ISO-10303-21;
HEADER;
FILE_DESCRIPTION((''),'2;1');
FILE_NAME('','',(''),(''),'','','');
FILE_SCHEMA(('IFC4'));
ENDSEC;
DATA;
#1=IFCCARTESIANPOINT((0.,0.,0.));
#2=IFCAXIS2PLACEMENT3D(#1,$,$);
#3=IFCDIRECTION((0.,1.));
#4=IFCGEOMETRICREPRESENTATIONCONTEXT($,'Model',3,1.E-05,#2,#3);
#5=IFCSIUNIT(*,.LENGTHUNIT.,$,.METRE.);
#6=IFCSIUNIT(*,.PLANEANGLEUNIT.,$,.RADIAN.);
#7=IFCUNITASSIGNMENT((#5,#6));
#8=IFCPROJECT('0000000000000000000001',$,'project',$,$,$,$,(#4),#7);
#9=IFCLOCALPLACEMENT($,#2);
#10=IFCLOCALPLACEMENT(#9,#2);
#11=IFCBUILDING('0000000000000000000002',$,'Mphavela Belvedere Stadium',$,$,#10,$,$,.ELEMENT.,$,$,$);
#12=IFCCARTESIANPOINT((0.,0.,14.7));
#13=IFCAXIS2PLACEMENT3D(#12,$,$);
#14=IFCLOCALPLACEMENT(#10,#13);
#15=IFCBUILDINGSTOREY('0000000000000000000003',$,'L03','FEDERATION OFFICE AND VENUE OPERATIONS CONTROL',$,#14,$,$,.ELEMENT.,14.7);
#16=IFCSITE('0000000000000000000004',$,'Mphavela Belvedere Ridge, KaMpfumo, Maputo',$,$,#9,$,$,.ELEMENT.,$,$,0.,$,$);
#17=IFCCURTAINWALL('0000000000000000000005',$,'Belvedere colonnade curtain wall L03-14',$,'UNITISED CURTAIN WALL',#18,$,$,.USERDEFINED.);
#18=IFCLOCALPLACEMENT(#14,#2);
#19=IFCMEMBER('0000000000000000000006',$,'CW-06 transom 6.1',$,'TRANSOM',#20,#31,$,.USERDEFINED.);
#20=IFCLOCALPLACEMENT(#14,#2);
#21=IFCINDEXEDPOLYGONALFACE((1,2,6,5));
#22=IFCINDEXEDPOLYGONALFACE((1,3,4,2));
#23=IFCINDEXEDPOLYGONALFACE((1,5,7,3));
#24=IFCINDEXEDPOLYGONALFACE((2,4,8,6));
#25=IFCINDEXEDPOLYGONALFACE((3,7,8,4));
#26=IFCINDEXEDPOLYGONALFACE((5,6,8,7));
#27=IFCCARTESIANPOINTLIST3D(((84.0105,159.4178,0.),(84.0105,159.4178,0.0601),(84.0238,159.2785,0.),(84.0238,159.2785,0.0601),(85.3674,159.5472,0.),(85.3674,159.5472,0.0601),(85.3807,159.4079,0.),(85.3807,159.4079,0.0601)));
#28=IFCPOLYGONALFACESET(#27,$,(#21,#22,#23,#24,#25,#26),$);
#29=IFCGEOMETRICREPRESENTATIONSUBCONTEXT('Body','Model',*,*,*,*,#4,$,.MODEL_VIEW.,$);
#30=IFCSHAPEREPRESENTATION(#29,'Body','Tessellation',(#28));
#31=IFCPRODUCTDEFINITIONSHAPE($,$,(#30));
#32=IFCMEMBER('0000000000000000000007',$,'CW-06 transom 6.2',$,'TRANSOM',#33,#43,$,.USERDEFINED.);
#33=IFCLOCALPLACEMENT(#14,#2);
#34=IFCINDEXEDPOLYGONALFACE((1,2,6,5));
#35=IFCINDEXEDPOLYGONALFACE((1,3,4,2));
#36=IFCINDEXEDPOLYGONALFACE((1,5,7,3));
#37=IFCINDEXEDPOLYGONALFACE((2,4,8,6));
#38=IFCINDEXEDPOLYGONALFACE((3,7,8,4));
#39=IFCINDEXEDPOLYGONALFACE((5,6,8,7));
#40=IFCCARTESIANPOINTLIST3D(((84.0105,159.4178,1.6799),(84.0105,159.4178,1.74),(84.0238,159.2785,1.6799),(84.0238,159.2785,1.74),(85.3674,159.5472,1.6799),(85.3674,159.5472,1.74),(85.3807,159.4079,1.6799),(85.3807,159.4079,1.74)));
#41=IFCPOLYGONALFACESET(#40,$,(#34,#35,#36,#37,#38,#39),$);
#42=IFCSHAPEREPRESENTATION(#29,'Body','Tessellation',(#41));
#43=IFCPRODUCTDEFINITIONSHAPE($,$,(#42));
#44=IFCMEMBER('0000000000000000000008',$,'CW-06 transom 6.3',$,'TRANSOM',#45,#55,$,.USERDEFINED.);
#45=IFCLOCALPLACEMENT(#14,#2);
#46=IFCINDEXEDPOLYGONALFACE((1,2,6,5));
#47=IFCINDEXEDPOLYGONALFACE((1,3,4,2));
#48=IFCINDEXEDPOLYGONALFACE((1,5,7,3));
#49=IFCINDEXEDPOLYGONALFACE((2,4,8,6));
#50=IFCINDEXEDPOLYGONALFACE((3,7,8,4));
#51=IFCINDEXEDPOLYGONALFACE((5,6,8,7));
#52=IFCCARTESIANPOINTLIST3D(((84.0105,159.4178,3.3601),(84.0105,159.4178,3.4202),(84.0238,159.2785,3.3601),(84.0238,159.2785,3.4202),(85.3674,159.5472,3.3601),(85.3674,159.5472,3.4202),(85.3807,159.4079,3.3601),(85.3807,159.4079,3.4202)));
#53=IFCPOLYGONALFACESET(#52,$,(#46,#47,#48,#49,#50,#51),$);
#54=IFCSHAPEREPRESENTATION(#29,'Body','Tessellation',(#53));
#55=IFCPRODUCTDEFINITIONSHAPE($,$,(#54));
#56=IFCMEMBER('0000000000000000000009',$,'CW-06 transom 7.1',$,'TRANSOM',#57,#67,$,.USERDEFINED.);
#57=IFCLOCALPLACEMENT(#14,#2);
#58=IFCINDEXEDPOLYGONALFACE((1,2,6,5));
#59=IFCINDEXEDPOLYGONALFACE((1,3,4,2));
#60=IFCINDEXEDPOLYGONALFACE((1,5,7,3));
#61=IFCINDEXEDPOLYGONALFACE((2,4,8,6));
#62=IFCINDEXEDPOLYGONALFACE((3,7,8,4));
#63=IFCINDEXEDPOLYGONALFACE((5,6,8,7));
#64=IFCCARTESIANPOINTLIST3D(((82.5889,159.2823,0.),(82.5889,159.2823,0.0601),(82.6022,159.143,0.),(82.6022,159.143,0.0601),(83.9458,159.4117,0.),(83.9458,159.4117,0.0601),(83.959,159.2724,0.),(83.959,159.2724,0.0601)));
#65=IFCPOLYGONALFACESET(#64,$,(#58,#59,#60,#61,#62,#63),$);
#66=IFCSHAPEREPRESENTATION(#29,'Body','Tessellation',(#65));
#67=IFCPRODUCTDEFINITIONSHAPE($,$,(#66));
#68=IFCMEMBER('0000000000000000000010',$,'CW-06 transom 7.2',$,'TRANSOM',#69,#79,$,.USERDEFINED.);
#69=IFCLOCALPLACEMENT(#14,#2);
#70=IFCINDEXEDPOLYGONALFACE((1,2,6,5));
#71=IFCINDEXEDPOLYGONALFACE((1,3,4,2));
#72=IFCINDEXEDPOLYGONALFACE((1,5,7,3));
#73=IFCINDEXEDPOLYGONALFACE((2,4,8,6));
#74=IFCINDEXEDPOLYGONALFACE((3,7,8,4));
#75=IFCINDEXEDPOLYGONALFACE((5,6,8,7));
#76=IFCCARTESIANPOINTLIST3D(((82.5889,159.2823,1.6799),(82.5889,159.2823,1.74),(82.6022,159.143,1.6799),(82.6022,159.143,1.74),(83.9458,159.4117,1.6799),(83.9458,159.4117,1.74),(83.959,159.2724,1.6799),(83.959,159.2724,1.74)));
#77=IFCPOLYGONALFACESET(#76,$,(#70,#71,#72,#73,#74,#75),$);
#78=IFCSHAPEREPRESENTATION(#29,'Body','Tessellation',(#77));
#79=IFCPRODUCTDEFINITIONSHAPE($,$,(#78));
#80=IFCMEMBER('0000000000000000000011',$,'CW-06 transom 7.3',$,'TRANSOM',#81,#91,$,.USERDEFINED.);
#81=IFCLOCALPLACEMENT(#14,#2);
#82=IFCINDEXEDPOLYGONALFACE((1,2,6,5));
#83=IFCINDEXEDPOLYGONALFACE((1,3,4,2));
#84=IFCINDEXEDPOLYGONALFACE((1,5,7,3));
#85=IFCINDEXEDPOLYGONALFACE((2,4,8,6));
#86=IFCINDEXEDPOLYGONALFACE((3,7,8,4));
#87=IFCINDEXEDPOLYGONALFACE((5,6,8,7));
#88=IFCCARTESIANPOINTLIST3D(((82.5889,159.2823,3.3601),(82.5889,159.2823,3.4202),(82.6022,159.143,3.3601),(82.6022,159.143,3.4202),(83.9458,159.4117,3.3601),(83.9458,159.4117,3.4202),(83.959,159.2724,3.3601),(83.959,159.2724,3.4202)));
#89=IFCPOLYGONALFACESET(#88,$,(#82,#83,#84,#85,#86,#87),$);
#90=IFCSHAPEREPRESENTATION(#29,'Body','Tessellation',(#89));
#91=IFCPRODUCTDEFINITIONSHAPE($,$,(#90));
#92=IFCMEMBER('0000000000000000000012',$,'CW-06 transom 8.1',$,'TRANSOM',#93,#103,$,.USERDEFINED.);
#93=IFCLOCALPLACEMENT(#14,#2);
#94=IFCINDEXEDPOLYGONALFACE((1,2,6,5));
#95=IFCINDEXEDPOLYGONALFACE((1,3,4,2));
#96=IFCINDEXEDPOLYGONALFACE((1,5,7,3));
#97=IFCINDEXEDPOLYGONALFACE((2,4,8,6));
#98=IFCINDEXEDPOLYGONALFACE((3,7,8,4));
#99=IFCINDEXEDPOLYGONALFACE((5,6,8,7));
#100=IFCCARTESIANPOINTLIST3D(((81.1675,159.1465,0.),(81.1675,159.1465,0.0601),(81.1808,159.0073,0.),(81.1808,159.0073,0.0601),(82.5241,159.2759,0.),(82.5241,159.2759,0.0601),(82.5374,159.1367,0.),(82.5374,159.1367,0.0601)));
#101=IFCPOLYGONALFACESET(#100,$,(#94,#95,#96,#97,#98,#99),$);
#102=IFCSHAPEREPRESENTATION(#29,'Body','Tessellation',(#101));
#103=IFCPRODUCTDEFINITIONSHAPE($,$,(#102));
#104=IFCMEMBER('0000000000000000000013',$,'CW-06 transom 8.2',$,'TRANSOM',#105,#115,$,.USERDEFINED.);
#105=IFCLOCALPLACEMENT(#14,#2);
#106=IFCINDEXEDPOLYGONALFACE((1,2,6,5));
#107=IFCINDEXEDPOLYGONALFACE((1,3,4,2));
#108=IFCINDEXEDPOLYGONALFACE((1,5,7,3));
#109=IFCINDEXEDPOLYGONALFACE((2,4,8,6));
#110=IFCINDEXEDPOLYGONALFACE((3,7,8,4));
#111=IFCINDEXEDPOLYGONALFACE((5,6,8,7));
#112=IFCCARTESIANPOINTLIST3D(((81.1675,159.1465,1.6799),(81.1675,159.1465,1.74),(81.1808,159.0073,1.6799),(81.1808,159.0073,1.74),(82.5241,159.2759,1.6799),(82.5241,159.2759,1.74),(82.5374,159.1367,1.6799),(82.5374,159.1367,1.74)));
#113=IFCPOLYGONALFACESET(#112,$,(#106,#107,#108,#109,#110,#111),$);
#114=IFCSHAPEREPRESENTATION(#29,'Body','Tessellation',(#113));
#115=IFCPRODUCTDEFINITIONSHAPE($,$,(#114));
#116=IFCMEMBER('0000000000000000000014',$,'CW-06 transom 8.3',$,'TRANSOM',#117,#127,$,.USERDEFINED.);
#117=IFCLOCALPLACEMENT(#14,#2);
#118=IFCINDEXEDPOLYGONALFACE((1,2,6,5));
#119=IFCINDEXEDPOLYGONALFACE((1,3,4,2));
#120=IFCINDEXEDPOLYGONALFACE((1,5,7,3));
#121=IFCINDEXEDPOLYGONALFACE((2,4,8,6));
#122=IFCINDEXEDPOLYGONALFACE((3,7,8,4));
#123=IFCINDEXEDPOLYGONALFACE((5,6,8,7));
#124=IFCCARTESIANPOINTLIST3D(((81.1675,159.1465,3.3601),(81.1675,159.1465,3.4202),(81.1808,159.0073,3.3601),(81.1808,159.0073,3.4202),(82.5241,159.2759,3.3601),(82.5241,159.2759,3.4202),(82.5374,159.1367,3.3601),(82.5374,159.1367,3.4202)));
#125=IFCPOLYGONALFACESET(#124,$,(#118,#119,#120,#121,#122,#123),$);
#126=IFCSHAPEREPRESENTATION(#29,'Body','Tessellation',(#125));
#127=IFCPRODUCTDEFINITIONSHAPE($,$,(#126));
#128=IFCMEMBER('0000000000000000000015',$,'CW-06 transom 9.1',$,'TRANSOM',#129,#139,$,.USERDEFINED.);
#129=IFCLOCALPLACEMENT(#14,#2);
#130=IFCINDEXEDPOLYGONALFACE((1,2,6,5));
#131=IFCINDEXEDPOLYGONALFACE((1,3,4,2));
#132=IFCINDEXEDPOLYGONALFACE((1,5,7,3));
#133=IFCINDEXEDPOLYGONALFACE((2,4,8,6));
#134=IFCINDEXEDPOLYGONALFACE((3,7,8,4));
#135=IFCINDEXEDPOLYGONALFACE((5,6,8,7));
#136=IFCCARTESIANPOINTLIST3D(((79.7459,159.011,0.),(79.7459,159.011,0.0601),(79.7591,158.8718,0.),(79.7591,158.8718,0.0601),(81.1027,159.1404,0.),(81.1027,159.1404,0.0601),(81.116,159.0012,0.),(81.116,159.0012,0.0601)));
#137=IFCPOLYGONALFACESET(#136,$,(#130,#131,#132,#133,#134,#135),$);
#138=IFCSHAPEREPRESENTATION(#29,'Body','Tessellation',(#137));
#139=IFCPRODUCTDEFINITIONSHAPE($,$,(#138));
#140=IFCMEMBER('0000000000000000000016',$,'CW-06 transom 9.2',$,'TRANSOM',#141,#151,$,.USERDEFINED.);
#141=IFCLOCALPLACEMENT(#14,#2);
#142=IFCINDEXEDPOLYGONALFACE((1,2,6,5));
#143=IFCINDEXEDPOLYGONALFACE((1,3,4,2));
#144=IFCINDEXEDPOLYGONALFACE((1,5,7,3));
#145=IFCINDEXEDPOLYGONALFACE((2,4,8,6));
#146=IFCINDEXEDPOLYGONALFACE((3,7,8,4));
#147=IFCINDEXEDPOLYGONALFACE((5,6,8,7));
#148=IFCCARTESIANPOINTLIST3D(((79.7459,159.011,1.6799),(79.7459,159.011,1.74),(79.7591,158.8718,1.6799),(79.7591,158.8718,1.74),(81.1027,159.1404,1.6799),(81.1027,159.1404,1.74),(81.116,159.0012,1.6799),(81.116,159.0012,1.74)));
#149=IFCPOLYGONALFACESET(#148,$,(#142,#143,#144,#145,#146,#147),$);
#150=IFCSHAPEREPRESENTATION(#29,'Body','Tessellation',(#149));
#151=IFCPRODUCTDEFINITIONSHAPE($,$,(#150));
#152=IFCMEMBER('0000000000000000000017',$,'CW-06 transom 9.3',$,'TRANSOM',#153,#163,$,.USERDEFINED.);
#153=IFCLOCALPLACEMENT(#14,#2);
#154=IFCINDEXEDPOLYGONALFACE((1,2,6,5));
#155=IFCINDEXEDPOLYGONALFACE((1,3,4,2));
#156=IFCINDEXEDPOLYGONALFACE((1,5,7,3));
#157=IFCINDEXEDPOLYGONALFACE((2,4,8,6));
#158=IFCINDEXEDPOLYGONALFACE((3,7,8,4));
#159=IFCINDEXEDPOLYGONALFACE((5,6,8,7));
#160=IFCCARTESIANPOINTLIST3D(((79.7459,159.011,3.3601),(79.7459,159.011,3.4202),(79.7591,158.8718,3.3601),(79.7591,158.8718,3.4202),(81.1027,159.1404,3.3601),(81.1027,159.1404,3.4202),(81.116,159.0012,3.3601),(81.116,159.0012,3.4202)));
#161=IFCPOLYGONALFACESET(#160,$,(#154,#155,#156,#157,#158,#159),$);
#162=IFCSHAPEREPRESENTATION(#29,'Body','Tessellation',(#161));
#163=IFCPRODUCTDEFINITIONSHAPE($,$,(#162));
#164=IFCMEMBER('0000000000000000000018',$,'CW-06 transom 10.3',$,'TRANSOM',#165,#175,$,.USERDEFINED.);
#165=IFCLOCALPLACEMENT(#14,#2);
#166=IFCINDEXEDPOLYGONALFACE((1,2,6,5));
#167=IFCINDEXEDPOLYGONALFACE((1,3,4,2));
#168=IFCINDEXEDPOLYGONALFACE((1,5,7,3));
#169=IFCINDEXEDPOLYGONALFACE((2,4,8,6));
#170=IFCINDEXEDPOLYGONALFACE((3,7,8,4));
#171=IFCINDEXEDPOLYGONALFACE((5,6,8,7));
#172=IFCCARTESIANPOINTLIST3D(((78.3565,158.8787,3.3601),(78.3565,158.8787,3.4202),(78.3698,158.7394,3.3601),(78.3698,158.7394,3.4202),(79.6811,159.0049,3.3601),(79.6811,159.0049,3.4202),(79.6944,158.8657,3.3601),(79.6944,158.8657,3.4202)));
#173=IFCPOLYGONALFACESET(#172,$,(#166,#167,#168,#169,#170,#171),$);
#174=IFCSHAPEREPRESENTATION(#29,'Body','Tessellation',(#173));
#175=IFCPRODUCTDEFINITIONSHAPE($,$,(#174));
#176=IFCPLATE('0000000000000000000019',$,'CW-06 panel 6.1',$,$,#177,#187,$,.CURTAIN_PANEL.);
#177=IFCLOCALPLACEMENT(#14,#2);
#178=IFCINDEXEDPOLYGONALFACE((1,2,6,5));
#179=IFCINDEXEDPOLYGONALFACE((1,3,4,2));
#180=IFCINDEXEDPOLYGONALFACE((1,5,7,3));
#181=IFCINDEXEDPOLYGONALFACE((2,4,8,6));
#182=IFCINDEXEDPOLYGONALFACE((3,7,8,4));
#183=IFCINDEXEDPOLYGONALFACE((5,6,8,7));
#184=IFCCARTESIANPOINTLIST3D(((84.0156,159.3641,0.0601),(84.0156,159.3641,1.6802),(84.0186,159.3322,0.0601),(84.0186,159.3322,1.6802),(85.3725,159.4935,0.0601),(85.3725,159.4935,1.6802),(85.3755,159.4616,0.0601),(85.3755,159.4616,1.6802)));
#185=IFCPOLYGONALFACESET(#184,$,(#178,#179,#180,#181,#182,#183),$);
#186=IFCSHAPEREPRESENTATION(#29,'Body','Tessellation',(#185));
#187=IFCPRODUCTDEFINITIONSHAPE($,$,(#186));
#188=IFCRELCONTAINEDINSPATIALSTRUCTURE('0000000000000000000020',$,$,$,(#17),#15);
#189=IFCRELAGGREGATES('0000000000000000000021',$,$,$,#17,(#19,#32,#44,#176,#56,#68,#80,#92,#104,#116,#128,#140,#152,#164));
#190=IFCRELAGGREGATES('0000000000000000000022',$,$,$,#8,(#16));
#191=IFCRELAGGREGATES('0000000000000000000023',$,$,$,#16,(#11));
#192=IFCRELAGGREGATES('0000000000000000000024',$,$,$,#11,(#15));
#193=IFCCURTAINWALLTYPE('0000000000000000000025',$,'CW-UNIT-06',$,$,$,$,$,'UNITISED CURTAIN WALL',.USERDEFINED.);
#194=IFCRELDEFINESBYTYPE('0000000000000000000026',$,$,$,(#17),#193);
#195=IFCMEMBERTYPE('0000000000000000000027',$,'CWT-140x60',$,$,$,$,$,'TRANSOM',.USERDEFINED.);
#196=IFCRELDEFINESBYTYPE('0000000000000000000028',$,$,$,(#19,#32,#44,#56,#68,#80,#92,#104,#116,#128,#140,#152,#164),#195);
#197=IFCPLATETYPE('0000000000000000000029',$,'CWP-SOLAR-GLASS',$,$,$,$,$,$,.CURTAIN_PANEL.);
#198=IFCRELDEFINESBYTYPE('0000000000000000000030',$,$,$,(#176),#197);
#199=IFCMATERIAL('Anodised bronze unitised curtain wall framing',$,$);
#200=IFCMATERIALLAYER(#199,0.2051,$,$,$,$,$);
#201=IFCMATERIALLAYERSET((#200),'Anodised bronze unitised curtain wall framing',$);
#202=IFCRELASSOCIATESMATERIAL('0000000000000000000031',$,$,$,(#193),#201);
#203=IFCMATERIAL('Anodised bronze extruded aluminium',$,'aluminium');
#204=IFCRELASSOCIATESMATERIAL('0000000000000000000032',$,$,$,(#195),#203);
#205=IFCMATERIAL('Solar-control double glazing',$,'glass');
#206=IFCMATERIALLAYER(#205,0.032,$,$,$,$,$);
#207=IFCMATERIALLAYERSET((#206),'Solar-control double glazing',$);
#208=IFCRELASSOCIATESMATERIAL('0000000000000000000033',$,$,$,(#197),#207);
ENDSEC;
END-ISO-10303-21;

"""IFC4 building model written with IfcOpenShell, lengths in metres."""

from ifc_helpers import new_model, si_unit, direction, frame, origin, origin_2d, place, context, subcontext, project, spatial, rectangle, extrude, material, layer, layer_set, material_profile, profile_set, type_object, element, aggregate, save


model = new_model("IFC4")

# Units and contexts
model_context = context("Model", 3, precision=1e-05, world=origin(), true_north=direction((0.0, 1.0)))
body_context = subcontext(model_context, "Body", "Model", "MODEL_VIEW")
ifc_project = project(units=[si_unit("LENGTHUNIT", "METRE"), si_unit("PLANEANGLEUNIT", "RADIAN")], contexts=[model_context])

# Site, building, storey
site_placement = place(None, origin())
site = spatial("IfcSite", under=ifc_project, at=site_placement, Name="Mphavela Belvedere Ridge, KaMpfumo, Maputo", CompositionType="ELEMENT", RefElevation=0.0)
building_placement = place(site_placement, origin())
building = spatial("IfcBuilding", under=site, at=building_placement, Name="Mphavela Belvedere Stadium", CompositionType="ELEMENT")
storey_placement = place(building_placement, frame((0.0, 0.0, 14.7)))
storey = spatial("IfcBuildingStorey", under=building, at=storey_placement, Name="L03", Description="FEDERATION OFFICE AND VENUE OPERATIONS CONTROL", CompositionType="ELEMENT", Elevation=14.7)

# Curtain wall, members, plate
ifc_material_1 = material(Name="Anodised bronze unitised curtain wall framing")
ifc_layer_1 = layer(ifc_material_1, 0.2051)
ifc_layer_set_1 = layer_set([ifc_layer_1], Name="Anodised bronze unitised curtain wall framing")
curtain_wall_type = type_object("IfcCurtainWallType", Name="CW-UNIT-06", ElementType="UNITISED CURTAIN WALL", PredefinedType="USERDEFINED", material=ifc_layer_set_1)
curtain_wall_placement = place(storey_placement, origin())
curtain_wall = element("IfcCurtainWall", 1, at=curtain_wall_placement, inside=storey, type_object=curtain_wall_type, Name="Belvedere colonnade curtain wall L03-14", ObjectType="UNITISED CURTAIN WALL", PredefinedType="USERDEFINED")
ifc_material_2 = material(Name="Anodised bronze extruded aluminium", Category="aluminium")
ifc_material_profile_1 = material_profile(ifc_material_2, rectangle(XDim=0.1399, YDim=0.0601, at=origin_2d()), Name="CW-TRN 140x60")
ifc_profile_set_1 = profile_set([ifc_material_profile_1], Name="Anodised bronze extruded aluminium")
member_type_1 = type_object("IfcMemberType", Name="CWT-140x60", ElementType="TRANSOM", PredefinedType="USERDEFINED", material=ifc_profile_set_1)
member_1_placement = place(storey_placement, frame((85.374, 159.4775, 0.03), z_axis=(-0.995484, -0.094927, 0.0), x_axis=(0.094927, -0.995484, 0.0)))
member_1 = element("IfcMember", 2, at=member_1_placement, type_object=member_type_1, Name="CW-06 transom 6.1", ObjectType="TRANSOM", PredefinedType="USERDEFINED", context=body_context, shape_type="SweptSolid", body=[
    extrude(rectangle(XDim=0.1399, YDim=0.0601, at=origin_2d()), origin(), (0.0, 0.0, 1.0), 1.363),
])
member_2_placement = place(storey_placement, frame((85.374, 159.4775, 1.71), z_axis=(-0.995484, -0.094927, 0.0), x_axis=(0.094927, -0.995484, 0.0)))
member_2 = element("IfcMember", 3, at=member_2_placement, type_object=member_type_1, Name="CW-06 transom 6.2", ObjectType="TRANSOM", PredefinedType="USERDEFINED", context=body_context, shape_type="SweptSolid", body=[
    extrude(rectangle(XDim=0.1399, YDim=0.0601, at=origin_2d()), origin(), (0.0, 0.0, 1.0), 1.363),
])
member_3_placement = place(storey_placement, frame((85.374, 159.4775, 3.3901), z_axis=(-0.995484, -0.094927, 0.0), x_axis=(0.094927, -0.995484, 0.0)))
member_3 = element("IfcMember", 4, at=member_3_placement, type_object=member_type_1, Name="CW-06 transom 6.3", ObjectType="TRANSOM", PredefinedType="USERDEFINED", context=body_context, shape_type="SweptSolid", body=[
    extrude(rectangle(XDim=0.1399, YDim=0.0601, at=origin_2d()), origin(), (0.0, 0.0, 1.0), 1.363),
])
member_4_placement = place(storey_placement, frame((83.9524, 159.342, 0.03), z_axis=(-0.995484, -0.094927, 0.0), x_axis=(0.094927, -0.995484, 0.0)))
member_4 = element("IfcMember", 5, at=member_4_placement, type_object=member_type_1, Name="CW-06 transom 7.1", ObjectType="TRANSOM", PredefinedType="USERDEFINED", context=body_context, shape_type="SweptSolid", body=[
    extrude(rectangle(XDim=0.1399, YDim=0.0601, at=origin_2d()), origin(), (0.0, 0.0, 1.0), 1.363),
])
member_5_placement = place(storey_placement, frame((83.9524, 159.342, 1.71), z_axis=(-0.995484, -0.094927, 0.0), x_axis=(0.094927, -0.995484, 0.0)))
member_5 = element("IfcMember", 6, at=member_5_placement, type_object=member_type_1, Name="CW-06 transom 7.2", ObjectType="TRANSOM", PredefinedType="USERDEFINED", context=body_context, shape_type="SweptSolid", body=[
    extrude(rectangle(XDim=0.1399, YDim=0.0601, at=origin_2d()), origin(), (0.0, 0.0, 1.0), 1.363),
])
member_6_placement = place(storey_placement, frame((83.9524, 159.342, 3.3901), z_axis=(-0.995484, -0.094927, 0.0), x_axis=(0.094927, -0.995484, 0.0)))
member_6 = element("IfcMember", 7, at=member_6_placement, type_object=member_type_1, Name="CW-06 transom 7.3", ObjectType="TRANSOM", PredefinedType="USERDEFINED", context=body_context, shape_type="SweptSolid", body=[
    extrude(rectangle(XDim=0.1399, YDim=0.0601, at=origin_2d()), origin(), (0.0, 0.0, 1.0), 1.363),
])
member_7_placement = place(storey_placement, frame((82.5308, 159.2063, 0.03), z_axis=(-0.995483, -0.094944, 0.0), x_axis=(0.094944, -0.995483, 0.0)))
member_7 = element("IfcMember", 8, at=member_7_placement, type_object=member_type_1, Name="CW-06 transom 8.1", ObjectType="TRANSOM", PredefinedType="USERDEFINED", context=body_context, shape_type="SweptSolid", body=[
    extrude(rectangle(XDim=0.1399, YDim=0.0601, at=origin_2d()), origin(), (0.0, 0.0, 1.0), 1.3628),
])
member_8_placement = place(storey_placement, frame((82.5308, 159.2063, 1.71), z_axis=(-0.995483, -0.094944, 0.0), x_axis=(0.094944, -0.995483, 0.0)))
member_8 = element("IfcMember", 9, at=member_8_placement, type_object=member_type_1, Name="CW-06 transom 8.2", ObjectType="TRANSOM", PredefinedType="USERDEFINED", context=body_context, shape_type="SweptSolid", body=[
    extrude(rectangle(XDim=0.1399, YDim=0.0601, at=origin_2d()), origin(), (0.0, 0.0, 1.0), 1.3628),
])
member_9_placement = place(storey_placement, frame((82.5308, 159.2063, 3.3901), z_axis=(-0.995483, -0.094944, 0.0), x_axis=(0.094944, -0.995483, 0.0)))
member_9 = element("IfcMember", 10, at=member_9_placement, type_object=member_type_1, Name="CW-06 transom 8.3", ObjectType="TRANSOM", PredefinedType="USERDEFINED", context=body_context, shape_type="SweptSolid", body=[
    extrude(rectangle(XDim=0.1399, YDim=0.0601, at=origin_2d()), origin(), (0.0, 0.0, 1.0), 1.3628),
])
member_10_placement = place(storey_placement, frame((81.1094, 159.0708, 0.03), z_axis=(-0.995484, -0.094927, 0.0), x_axis=(0.094927, -0.995484, 0.0)))
member_10 = element("IfcMember", 11, at=member_10_placement, type_object=member_type_1, Name="CW-06 transom 9.1", ObjectType="TRANSOM", PredefinedType="USERDEFINED", context=body_context, shape_type="SweptSolid", body=[
    extrude(rectangle(XDim=0.1399, YDim=0.0601, at=origin_2d()), origin(), (0.0, 0.0, 1.0), 1.363),
])
member_11_placement = place(storey_placement, frame((81.1094, 159.0708, 1.71), z_axis=(-0.995484, -0.094927, 0.0), x_axis=(0.094927, -0.995484, 0.0)))
member_11 = element("IfcMember", 12, at=member_11_placement, type_object=member_type_1, Name="CW-06 transom 9.2", ObjectType="TRANSOM", PredefinedType="USERDEFINED", context=body_context, shape_type="SweptSolid", body=[
    extrude(rectangle(XDim=0.1399, YDim=0.0601, at=origin_2d()), origin(), (0.0, 0.0, 1.0), 1.363),
])
member_12_placement = place(storey_placement, frame((81.1094, 159.0708, 3.3901), z_axis=(-0.995484, -0.094927, 0.0), x_axis=(0.094927, -0.995484, 0.0)))
member_12 = element("IfcMember", 13, at=member_12_placement, type_object=member_type_1, Name="CW-06 transom 9.3", ObjectType="TRANSOM", PredefinedType="USERDEFINED", context=body_context, shape_type="SweptSolid", body=[
    extrude(rectangle(XDim=0.1399, YDim=0.0601, at=origin_2d()), origin(), (0.0, 0.0, 1.0), 1.363),
])
member_13_placement = place(storey_placement, frame((79.6877, 158.9353, 3.3901), z_axis=(-0.99549, -0.09487, 0.0), x_axis=(0.09487, -0.99549, 0.0)))
member_13 = element("IfcMember", 14, at=member_13_placement, type_object=member_type_1, Name="CW-06 transom 10.3", ObjectType="TRANSOM", PredefinedType="USERDEFINED", context=body_context, shape_type="SweptSolid", body=[
    extrude(rectangle(XDim=0.1399, YDim=0.0601, at=origin_2d()), origin(), (0.0, 0.0, 1.0), 1.3306),
])
ifc_material_3 = material(Name="Solar-control double glazing", Category="glass")
ifc_layer_2 = layer(ifc_material_3, 0.032)
ifc_layer_set_2 = layer_set([ifc_layer_2], Name="Solar-control double glazing")
plate_type = type_object("IfcPlateType", Name="CWP-SOLAR-GLASS", PredefinedType="CURTAIN_PANEL", material=ifc_layer_set_2)
plate_1_placement = place(storey_placement, frame((84.6956, 159.4128, 0.0601), z_axis=(0.0, 0.0, 1.0), x_axis=(-0.995484, -0.094929, 0.0)))
plate_1 = element("IfcPlate", 15, at=plate_1_placement, type_object=plate_type, Name="CW-06 panel 6.1", PredefinedType="CURTAIN_PANEL", context=body_context, shape_type="SweptSolid", body=[
    extrude(rectangle(XDim=1.363, YDim=0.032, at=origin_2d()), origin(), (0.0, 0.0, 1.0), 1.6201),
])
aggregate(curtain_wall, [member_1, member_2, member_3, plate_1, member_4, member_5, member_6, member_7, member_8, member_9, member_10, member_11, member_12, member_13])

save(model, "model.ifc")
